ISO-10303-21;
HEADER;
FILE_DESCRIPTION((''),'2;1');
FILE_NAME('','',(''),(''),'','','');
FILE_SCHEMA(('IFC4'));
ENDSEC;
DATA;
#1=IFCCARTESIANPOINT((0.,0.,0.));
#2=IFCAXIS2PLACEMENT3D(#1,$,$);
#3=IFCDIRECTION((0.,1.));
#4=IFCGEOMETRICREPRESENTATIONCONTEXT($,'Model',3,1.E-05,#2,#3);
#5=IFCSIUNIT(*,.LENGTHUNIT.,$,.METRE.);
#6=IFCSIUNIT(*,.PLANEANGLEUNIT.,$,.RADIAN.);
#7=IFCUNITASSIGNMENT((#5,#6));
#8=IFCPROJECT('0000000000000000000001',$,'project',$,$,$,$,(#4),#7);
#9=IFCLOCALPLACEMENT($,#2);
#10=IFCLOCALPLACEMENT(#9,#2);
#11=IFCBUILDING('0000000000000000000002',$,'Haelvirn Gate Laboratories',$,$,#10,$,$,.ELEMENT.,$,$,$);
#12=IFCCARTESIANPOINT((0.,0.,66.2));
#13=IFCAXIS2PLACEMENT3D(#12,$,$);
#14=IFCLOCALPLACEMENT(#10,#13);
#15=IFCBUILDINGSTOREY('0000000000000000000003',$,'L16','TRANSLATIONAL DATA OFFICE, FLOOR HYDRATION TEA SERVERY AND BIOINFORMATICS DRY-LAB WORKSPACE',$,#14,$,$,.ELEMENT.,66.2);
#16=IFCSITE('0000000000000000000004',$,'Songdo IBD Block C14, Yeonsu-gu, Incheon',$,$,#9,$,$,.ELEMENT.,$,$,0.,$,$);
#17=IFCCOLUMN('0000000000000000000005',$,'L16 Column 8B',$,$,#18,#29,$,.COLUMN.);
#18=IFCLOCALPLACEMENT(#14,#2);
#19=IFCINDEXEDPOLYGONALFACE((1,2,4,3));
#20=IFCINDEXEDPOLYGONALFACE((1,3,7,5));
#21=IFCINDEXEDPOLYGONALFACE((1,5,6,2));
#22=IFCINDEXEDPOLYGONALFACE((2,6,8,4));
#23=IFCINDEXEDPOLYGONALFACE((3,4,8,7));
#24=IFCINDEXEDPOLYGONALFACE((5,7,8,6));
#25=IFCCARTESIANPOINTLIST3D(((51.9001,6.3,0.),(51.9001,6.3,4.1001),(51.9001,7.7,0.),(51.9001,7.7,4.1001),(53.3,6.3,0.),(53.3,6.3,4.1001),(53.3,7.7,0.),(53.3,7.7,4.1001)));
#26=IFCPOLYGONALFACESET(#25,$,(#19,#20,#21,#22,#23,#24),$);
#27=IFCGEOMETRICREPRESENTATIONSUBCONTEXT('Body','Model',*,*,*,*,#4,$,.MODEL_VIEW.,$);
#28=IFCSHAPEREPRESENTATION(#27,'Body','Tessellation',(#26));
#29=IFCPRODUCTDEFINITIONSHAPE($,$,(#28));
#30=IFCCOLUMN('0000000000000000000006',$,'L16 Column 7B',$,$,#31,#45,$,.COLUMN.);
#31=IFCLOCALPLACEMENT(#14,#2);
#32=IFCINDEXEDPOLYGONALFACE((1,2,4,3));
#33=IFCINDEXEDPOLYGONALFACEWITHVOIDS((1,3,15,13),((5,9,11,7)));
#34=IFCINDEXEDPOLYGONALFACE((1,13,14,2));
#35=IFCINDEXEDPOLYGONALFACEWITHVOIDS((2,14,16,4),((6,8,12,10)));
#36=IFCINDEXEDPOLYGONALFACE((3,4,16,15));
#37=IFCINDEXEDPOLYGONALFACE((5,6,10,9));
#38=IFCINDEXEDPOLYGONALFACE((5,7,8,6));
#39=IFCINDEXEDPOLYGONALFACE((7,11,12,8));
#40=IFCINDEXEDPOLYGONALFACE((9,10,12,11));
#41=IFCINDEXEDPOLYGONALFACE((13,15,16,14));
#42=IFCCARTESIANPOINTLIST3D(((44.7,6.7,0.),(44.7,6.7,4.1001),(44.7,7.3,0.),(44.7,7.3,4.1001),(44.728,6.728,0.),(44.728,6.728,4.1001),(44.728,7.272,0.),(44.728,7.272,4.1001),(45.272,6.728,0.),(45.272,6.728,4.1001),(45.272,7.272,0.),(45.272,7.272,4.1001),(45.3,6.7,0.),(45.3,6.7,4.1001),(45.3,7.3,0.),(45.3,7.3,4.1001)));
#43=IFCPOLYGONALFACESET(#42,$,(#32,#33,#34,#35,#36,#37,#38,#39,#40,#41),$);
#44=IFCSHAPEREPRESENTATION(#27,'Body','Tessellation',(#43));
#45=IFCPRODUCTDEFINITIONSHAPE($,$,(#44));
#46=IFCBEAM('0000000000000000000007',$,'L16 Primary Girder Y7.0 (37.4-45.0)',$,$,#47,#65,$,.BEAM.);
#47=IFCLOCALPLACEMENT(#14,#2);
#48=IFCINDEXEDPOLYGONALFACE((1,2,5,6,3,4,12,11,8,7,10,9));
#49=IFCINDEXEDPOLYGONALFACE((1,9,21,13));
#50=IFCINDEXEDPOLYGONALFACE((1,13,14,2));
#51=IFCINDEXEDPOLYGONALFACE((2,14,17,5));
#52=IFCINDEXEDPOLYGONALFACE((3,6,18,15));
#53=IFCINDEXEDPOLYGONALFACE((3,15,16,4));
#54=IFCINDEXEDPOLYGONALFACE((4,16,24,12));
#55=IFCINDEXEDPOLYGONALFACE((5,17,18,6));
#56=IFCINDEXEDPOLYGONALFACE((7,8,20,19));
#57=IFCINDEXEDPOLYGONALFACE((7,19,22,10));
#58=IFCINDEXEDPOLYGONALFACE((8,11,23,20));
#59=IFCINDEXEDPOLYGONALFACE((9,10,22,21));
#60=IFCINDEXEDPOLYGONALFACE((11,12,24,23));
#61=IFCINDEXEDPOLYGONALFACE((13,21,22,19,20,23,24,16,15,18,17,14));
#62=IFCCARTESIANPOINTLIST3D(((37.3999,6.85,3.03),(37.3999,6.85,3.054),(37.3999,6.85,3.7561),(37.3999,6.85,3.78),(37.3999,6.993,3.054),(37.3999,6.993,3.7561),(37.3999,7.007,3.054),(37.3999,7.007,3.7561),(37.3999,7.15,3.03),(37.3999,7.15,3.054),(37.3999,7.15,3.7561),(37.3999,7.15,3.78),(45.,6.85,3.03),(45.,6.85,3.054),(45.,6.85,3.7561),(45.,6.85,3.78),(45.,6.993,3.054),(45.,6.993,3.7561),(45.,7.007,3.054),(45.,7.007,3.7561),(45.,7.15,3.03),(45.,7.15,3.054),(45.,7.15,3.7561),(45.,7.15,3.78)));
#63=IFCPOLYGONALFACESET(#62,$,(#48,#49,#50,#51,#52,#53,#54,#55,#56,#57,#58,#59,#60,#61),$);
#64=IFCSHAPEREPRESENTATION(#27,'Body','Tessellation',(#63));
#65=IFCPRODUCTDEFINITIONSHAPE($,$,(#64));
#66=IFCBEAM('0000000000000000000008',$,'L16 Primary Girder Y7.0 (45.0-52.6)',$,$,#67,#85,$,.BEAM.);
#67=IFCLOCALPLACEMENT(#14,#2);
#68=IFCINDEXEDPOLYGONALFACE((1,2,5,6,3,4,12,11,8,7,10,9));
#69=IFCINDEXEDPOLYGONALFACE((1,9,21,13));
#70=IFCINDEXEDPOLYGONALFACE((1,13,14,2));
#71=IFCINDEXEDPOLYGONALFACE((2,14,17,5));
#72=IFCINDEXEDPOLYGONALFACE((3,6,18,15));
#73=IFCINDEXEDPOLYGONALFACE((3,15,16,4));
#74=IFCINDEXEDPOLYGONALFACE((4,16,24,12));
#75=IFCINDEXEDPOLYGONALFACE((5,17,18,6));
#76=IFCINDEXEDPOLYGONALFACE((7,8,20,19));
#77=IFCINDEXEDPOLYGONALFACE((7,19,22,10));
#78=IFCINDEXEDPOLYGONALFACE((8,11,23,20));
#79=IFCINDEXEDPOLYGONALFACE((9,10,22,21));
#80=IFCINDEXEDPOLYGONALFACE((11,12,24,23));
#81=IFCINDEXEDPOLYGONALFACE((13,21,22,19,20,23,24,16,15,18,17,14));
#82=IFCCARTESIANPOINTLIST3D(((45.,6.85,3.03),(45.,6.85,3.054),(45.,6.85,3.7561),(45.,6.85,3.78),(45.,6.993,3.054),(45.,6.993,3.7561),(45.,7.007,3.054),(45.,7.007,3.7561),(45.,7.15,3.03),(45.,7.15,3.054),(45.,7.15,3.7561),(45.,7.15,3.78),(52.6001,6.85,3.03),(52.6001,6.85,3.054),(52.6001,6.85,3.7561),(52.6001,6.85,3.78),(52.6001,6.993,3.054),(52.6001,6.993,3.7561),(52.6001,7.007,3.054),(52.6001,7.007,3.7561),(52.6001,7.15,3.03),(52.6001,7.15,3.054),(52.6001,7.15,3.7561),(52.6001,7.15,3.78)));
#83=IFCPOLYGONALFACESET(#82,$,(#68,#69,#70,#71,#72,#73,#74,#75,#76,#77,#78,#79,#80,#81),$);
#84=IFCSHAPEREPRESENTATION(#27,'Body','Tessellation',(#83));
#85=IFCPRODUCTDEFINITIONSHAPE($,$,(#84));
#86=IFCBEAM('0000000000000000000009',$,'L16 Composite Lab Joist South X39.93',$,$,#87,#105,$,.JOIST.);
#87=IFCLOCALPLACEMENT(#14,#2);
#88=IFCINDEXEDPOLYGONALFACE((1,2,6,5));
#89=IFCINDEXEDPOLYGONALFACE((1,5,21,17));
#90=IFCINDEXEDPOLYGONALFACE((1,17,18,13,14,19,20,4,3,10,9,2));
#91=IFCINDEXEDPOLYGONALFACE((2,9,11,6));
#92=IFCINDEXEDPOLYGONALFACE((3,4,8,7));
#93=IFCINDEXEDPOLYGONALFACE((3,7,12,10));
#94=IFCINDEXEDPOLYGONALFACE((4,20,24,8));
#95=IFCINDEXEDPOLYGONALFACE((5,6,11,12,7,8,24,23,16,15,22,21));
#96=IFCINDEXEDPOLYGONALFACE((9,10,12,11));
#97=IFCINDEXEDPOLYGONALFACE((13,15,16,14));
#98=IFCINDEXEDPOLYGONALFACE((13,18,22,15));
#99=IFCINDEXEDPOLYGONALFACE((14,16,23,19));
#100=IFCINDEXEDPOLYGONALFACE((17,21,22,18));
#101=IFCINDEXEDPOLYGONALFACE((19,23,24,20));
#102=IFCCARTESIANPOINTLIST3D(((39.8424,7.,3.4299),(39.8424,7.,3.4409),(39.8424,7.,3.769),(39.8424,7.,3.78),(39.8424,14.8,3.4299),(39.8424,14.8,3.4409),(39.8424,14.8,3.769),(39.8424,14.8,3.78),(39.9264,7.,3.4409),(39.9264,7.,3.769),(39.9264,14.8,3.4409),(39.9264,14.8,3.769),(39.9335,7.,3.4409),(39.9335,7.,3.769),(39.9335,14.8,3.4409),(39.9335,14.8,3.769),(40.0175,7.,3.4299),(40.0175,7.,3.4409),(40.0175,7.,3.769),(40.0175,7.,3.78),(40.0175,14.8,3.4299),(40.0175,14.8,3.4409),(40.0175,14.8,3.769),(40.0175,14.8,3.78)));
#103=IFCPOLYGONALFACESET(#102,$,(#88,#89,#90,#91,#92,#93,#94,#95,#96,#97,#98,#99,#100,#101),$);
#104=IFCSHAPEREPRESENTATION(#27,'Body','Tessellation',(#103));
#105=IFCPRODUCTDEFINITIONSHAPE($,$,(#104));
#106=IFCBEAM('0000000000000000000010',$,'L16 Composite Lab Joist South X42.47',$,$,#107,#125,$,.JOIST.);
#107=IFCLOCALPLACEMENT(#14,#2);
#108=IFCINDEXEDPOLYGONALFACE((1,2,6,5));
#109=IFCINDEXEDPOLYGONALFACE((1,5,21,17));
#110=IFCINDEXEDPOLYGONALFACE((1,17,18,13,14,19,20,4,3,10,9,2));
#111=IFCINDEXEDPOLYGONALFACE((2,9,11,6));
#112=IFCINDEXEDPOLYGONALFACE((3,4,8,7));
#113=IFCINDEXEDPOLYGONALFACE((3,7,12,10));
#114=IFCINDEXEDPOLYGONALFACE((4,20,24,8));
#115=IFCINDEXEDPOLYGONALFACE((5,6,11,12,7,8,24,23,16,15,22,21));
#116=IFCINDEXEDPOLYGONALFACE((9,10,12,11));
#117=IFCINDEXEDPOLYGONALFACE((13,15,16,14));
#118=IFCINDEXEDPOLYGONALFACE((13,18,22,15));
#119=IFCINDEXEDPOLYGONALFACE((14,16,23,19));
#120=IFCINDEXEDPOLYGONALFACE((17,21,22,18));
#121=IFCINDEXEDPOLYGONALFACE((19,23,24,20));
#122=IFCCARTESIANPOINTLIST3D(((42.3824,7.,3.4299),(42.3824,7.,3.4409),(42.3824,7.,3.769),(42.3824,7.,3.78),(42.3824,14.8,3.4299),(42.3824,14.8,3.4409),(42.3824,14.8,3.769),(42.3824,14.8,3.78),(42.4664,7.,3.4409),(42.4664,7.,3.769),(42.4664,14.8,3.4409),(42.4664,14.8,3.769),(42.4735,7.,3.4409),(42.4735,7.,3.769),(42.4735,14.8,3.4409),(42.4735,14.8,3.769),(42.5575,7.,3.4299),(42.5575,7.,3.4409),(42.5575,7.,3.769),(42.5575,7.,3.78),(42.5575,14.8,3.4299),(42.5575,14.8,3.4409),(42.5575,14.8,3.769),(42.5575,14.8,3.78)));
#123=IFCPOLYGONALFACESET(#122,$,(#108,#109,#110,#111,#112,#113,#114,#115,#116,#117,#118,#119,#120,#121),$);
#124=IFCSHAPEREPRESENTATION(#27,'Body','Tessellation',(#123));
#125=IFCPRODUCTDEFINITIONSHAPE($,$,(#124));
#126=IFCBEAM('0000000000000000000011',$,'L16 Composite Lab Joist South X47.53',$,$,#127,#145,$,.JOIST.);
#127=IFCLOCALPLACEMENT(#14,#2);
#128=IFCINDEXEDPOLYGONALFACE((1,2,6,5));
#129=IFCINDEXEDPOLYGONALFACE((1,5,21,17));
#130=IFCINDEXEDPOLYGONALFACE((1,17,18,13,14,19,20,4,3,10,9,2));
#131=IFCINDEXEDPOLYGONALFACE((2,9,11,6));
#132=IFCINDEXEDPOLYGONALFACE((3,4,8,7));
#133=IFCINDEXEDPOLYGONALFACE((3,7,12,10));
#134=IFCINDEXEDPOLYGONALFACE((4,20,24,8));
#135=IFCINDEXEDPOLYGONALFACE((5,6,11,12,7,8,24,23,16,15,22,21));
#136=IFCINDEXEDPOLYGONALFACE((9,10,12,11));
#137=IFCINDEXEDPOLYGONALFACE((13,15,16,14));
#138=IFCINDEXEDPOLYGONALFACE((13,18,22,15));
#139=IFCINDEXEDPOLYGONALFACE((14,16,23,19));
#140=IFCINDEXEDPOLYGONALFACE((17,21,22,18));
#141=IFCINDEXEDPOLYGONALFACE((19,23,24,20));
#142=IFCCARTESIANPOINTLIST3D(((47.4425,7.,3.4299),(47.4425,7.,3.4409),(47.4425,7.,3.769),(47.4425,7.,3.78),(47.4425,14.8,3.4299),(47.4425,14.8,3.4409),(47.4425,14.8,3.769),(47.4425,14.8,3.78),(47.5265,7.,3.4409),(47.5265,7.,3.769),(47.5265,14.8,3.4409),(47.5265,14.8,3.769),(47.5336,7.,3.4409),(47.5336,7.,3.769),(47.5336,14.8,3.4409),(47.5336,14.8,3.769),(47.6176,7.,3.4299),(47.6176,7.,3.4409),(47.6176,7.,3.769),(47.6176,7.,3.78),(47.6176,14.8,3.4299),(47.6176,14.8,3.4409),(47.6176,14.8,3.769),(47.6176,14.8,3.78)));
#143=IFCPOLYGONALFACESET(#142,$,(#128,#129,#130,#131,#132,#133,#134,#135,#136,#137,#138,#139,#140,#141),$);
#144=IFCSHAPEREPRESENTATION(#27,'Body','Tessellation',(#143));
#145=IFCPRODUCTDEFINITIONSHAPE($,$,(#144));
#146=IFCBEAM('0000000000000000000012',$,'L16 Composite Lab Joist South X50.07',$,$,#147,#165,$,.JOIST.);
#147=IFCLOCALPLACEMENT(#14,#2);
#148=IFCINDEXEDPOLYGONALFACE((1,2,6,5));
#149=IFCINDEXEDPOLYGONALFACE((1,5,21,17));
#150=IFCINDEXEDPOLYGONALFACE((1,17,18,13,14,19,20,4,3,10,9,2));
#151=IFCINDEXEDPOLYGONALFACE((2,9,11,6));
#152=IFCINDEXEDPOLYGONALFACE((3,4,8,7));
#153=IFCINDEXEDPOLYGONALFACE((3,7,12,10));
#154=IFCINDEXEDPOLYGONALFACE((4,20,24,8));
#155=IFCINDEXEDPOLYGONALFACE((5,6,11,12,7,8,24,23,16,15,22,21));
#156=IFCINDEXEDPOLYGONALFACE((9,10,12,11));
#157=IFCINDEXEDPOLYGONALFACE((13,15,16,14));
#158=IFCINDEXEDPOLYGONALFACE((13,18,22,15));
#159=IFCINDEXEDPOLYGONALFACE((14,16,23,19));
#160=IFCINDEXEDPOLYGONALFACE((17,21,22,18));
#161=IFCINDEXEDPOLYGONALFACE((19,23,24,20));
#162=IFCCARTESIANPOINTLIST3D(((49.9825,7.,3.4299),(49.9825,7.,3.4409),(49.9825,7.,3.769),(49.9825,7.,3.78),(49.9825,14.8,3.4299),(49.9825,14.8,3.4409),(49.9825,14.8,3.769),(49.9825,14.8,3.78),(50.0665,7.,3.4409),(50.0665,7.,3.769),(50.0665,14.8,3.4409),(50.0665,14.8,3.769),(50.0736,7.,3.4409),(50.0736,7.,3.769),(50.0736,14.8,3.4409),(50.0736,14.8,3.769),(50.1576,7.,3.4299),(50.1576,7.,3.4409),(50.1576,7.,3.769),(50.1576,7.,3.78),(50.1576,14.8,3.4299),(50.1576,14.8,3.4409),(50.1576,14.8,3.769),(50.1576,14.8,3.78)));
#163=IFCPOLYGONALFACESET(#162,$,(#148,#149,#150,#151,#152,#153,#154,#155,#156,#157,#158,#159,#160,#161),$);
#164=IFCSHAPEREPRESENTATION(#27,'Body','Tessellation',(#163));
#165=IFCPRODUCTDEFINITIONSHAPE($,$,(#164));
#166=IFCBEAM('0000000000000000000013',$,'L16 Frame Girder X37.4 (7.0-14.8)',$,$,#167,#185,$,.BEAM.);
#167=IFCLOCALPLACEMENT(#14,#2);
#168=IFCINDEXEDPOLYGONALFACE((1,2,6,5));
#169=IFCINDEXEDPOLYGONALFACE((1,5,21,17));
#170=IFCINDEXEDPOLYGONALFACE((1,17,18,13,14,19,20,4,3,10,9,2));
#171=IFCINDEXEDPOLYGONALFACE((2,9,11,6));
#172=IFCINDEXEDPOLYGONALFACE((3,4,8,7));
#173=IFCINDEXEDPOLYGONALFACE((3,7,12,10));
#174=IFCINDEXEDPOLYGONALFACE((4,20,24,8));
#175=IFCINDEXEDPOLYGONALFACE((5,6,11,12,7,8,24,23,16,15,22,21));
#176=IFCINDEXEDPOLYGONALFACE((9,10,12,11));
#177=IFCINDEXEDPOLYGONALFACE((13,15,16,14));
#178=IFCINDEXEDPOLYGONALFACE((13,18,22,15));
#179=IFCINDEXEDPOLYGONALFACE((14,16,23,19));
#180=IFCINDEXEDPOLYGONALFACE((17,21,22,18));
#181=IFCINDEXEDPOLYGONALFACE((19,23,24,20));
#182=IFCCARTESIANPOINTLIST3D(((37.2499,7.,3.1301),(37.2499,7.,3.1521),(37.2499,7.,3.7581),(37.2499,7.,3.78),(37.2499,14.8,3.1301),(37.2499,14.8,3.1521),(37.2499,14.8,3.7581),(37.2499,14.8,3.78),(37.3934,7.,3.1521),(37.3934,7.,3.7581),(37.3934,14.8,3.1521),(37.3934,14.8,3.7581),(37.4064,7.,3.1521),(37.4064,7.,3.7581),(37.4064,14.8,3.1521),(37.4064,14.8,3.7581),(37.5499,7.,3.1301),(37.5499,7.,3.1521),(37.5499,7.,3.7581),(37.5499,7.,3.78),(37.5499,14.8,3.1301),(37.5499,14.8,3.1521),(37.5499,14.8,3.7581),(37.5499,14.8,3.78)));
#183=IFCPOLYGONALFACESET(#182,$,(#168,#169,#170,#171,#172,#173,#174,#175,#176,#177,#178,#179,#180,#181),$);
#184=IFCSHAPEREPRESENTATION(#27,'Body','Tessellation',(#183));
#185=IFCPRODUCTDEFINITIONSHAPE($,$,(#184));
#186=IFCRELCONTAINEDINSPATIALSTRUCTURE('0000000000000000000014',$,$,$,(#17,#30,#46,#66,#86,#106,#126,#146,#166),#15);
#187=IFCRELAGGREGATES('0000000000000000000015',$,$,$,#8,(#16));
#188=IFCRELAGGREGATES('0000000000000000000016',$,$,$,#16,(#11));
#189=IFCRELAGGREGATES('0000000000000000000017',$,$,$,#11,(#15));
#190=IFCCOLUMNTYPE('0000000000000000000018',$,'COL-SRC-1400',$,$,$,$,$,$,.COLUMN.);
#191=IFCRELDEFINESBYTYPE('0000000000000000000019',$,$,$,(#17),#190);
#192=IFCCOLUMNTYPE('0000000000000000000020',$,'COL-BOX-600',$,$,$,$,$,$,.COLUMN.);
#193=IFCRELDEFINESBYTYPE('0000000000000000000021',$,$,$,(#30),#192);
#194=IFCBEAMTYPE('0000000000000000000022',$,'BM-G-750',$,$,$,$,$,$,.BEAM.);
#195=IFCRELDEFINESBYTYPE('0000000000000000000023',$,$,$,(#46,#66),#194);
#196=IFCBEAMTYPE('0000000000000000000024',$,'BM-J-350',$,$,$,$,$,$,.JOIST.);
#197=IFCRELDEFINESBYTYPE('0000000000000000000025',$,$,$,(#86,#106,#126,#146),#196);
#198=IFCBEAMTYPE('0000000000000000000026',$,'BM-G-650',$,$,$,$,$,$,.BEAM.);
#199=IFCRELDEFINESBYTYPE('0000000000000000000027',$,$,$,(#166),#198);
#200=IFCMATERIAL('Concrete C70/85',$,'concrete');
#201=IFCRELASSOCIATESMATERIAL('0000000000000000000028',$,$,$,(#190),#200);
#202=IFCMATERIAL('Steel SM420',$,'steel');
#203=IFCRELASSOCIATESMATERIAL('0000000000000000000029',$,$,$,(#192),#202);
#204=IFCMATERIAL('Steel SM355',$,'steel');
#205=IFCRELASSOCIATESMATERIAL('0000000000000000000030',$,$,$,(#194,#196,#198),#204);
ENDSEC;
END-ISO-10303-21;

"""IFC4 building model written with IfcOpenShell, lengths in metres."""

from ifc_helpers import new_model, si_unit, direction, frame, origin, origin_2d, place, context, subcontext, project, spatial, rectangle, hollow_rectangle, i_section, extrude, source, transform, mapped, material, material_profile, profile_set, type_object, type_shapes, element, save


model = new_model("IFC4")

# Units and contexts
model_context = context("Model", 3, precision=1e-05, world=origin(), true_north=direction((0.0, 1.0)))
body_context = subcontext(model_context, "Body", "Model", "MODEL_VIEW")
ifc_project = project(units=[si_unit("LENGTHUNIT", "METRE"), si_unit("PLANEANGLEUNIT", "RADIAN")], contexts=[model_context])

# Site, building, storey
site_placement = place(None, origin())
site = spatial("IfcSite", under=ifc_project, at=site_placement, Name="Songdo IBD Block C14, Yeonsu-gu, Incheon", CompositionType="ELEMENT", RefElevation=0.0)
building_placement = place(site_placement, origin())
building = spatial("IfcBuilding", under=site, at=building_placement, Name="Haelvirn Gate Laboratories", CompositionType="ELEMENT")
storey_placement = place(building_placement, frame((0.0, 0.0, 66.2)))
storey = spatial("IfcBuildingStorey", under=building, at=storey_placement, Name="L16", Description="TRANSLATIONAL DATA OFFICE, FLOOR HYDRATION TEA SERVERY AND BIOINFORMATICS DRY-LAB WORKSPACE", CompositionType="ELEMENT", Elevation=66.2)

# Columns
ifc_material_1 = material(Name="Concrete C70/85", Category="concrete")
ifc_material_profile_1 = material_profile(ifc_material_1, rectangle(XDim=1.3999, YDim=1.3999, at=origin_2d()), Name="SRC-1400x1400")
ifc_profile_set_1 = profile_set([ifc_material_profile_1], Name="Concrete C70/85")
column_type_1 = type_object("IfcColumnType", Name="COL-SRC-1400", PredefinedType="COLUMN", material=ifc_profile_set_1)
shared_shape_1 = source(origin(), body_context, "Body", "SweptSolid", [
    extrude(rectangle(XDim=1.3999, YDim=1.3999, at=origin_2d()), origin(), (0.0, 0.0, 1.0), 4.1001),
])
type_shapes(column_type_1, [shared_shape_1])
column_1_placement = place(storey_placement, frame((52.6001, 7.0, 0.0), z_axis=(0.0, 0.0, 1.0), x_axis=(1.0, 0.0, 0.0)))
element("IfcColumn", 1, at=column_1_placement, inside=storey, type_object=column_type_1, Name="L16 Column 8B", PredefinedType="COLUMN", context=body_context, shape_type="MappedRepresentation", body=[
    mapped(shared_shape_1, transform((0.0, 0.0, 0.0), scale=1.0)),
])
ifc_material_2 = material(Name="Steel SM420", Category="steel")
ifc_material_profile_2 = material_profile(ifc_material_2, hollow_rectangle(XDim=0.6001, YDim=0.6001, WallThickness=0.0281, at=origin_2d()), Name="BOX-600x600x28")
ifc_profile_set_2 = profile_set([ifc_material_profile_2], Name="Steel SM420")
column_type_2 = type_object("IfcColumnType", Name="COL-BOX-600", PredefinedType="COLUMN", material=ifc_profile_set_2)
shared_shape_2 = source(origin(), body_context, "Body", "SweptSolid", [
    extrude(hollow_rectangle(XDim=0.6001, YDim=0.6001, WallThickness=0.0281, at=origin_2d()), origin(), (0.0, 0.0, 1.0), 4.1001),
])
type_shapes(column_type_2, [shared_shape_2])
column_2_placement = place(storey_placement, frame((45.0, 7.0, 0.0), z_axis=(0.0, 0.0, 1.0), x_axis=(1.0, 0.0, 0.0)))
element("IfcColumn", 2, at=column_2_placement, inside=storey, type_object=column_type_2, Name="L16 Column 7B", PredefinedType="COLUMN", context=body_context, shape_type="MappedRepresentation", body=[
    mapped(shared_shape_2, transform((0.0, 0.0, 0.0), scale=1.0)),
])

# Beams
ifc_material_3 = material(Name="Steel SM355", Category="steel")
ifc_material_profile_3 = material_profile(ifc_material_3, i_section(OverallWidth=0.3, OverallDepth=0.75, WebThickness=0.0139, FlangeThickness=0.0239, at=origin_2d()), Name="H-750x300x14x24")
ifc_profile_set_3 = profile_set([ifc_material_profile_3], Name="Steel SM355")
beam_type_1 = type_object("IfcBeamType", Name="BM-G-750", PredefinedType="BEAM", material=ifc_profile_set_3)
shared_shape_3 = source(origin(), body_context, "Body", "SweptSolid", [
    extrude(i_section(OverallWidth=0.3, OverallDepth=0.75, WebThickness=0.0139, FlangeThickness=0.0239, at=origin_2d()), origin(), (0.0, 0.0, 1.0), 7.6001),
])
type_shapes(beam_type_1, [shared_shape_3])
for number, where, z_axis, x_axis, name in (
    (3, (37.3999, 7.0, 3.405), (1.0, 0.0, 0.0), (0.0, 1.0, 0.0), "L16 Primary Girder Y7.0 (37.4-45.0)"),
    (4, (45.0, 7.0, 3.405), (1.0, 0.0, 0.0), (0.0, 1.0, 0.0), "L16 Primary Girder Y7.0 (45.0-52.6)"),
):
    element("IfcBeam", number, at=place(storey_placement, frame(where, z_axis=z_axis, x_axis=x_axis)), inside=storey, type_object=beam_type_1, Name=name, PredefinedType="BEAM", context=body_context, shape_type="MappedRepresentation", body=[
        mapped(shared_shape_3, transform((0.0, 0.0, 0.0), scale=1.0)),
    ])
ifc_material_profile_4 = material_profile(ifc_material_3, i_section(OverallWidth=0.175, OverallDepth=0.3501, WebThickness=0.0071, FlangeThickness=0.011, at=origin_2d()), Name="H-350x175x7x11")
ifc_profile_set_4 = profile_set([ifc_material_profile_4], Name="Steel SM355")
beam_type_2 = type_object("IfcBeamType", Name="BM-J-350", PredefinedType="JOIST", material=ifc_profile_set_4)
shared_shape_4 = source(origin(), body_context, "Body", "SweptSolid", [
    extrude(i_section(OverallWidth=0.175, OverallDepth=0.3501, WebThickness=0.0071, FlangeThickness=0.011, at=origin_2d()), origin(), (0.0, 0.0, 1.0), 7.8),
])
type_shapes(beam_type_2, [shared_shape_4])
for number, where, z_axis, x_axis, name in (
    (5, (39.9299, 7.0, 3.605), (0.0, 1.0, 0.0), (-1.0, 0.0, 0.0), "L16 Composite Lab Joist South X39.93"),
    (6, (42.47, 7.0, 3.605), (0.0, 1.0, 0.0), (-1.0, 0.0, 0.0), "L16 Composite Lab Joist South X42.47"),
    (7, (47.53, 7.0, 3.605), (0.0, 1.0, 0.0), (-1.0, 0.0, 0.0), "L16 Composite Lab Joist South X47.53"),
    (8, (50.0701, 7.0, 3.605), (0.0, 1.0, 0.0), (-1.0, 0.0, 0.0), "L16 Composite Lab Joist South X50.07"),
):
    element("IfcBeam", number, at=place(storey_placement, frame(where, z_axis=z_axis, x_axis=x_axis)), inside=storey, type_object=beam_type_2, Name=name, PredefinedType="JOIST", context=body_context, shape_type="MappedRepresentation", body=[
        mapped(shared_shape_4, transform((0.0, 0.0, 0.0), scale=1.0)),
    ])
ifc_material_profile_5 = material_profile(ifc_material_3, i_section(OverallWidth=0.3, OverallDepth=0.6499, WebThickness=0.0129, FlangeThickness=0.022, at=origin_2d()), Name="H-650x300x13x22")
ifc_profile_set_5 = profile_set([ifc_material_profile_5], Name="Steel SM355")
beam_type_3 = type_object("IfcBeamType", Name="BM-G-650", PredefinedType="BEAM", material=ifc_profile_set_5)
shared_shape_5 = source(origin(), body_context, "Body", "SweptSolid", [
    extrude(i_section(OverallWidth=0.3, OverallDepth=0.6499, WebThickness=0.0129, FlangeThickness=0.022, at=origin_2d()), origin(), (0.0, 0.0, 1.0), 7.8),
])
type_shapes(beam_type_3, [shared_shape_5])
for number, where, z_axis, x_axis, name in (
    (9, (37.3999, 7.0, 3.4551), (0.0, 1.0, 0.0), (-1.0, 0.0, 0.0), "L16 Frame Girder X37.4 (7.0-14.8)"),
):
    element("IfcBeam", number, at=place(storey_placement, frame(where, z_axis=z_axis, x_axis=x_axis)), inside=storey, type_object=beam_type_3, Name=name, PredefinedType="BEAM", context=body_context, shape_type="MappedRepresentation", body=[
        mapped(shared_shape_5, transform((0.0, 0.0, 0.0), scale=1.0)),
    ])

save(model, "model.ifc")
